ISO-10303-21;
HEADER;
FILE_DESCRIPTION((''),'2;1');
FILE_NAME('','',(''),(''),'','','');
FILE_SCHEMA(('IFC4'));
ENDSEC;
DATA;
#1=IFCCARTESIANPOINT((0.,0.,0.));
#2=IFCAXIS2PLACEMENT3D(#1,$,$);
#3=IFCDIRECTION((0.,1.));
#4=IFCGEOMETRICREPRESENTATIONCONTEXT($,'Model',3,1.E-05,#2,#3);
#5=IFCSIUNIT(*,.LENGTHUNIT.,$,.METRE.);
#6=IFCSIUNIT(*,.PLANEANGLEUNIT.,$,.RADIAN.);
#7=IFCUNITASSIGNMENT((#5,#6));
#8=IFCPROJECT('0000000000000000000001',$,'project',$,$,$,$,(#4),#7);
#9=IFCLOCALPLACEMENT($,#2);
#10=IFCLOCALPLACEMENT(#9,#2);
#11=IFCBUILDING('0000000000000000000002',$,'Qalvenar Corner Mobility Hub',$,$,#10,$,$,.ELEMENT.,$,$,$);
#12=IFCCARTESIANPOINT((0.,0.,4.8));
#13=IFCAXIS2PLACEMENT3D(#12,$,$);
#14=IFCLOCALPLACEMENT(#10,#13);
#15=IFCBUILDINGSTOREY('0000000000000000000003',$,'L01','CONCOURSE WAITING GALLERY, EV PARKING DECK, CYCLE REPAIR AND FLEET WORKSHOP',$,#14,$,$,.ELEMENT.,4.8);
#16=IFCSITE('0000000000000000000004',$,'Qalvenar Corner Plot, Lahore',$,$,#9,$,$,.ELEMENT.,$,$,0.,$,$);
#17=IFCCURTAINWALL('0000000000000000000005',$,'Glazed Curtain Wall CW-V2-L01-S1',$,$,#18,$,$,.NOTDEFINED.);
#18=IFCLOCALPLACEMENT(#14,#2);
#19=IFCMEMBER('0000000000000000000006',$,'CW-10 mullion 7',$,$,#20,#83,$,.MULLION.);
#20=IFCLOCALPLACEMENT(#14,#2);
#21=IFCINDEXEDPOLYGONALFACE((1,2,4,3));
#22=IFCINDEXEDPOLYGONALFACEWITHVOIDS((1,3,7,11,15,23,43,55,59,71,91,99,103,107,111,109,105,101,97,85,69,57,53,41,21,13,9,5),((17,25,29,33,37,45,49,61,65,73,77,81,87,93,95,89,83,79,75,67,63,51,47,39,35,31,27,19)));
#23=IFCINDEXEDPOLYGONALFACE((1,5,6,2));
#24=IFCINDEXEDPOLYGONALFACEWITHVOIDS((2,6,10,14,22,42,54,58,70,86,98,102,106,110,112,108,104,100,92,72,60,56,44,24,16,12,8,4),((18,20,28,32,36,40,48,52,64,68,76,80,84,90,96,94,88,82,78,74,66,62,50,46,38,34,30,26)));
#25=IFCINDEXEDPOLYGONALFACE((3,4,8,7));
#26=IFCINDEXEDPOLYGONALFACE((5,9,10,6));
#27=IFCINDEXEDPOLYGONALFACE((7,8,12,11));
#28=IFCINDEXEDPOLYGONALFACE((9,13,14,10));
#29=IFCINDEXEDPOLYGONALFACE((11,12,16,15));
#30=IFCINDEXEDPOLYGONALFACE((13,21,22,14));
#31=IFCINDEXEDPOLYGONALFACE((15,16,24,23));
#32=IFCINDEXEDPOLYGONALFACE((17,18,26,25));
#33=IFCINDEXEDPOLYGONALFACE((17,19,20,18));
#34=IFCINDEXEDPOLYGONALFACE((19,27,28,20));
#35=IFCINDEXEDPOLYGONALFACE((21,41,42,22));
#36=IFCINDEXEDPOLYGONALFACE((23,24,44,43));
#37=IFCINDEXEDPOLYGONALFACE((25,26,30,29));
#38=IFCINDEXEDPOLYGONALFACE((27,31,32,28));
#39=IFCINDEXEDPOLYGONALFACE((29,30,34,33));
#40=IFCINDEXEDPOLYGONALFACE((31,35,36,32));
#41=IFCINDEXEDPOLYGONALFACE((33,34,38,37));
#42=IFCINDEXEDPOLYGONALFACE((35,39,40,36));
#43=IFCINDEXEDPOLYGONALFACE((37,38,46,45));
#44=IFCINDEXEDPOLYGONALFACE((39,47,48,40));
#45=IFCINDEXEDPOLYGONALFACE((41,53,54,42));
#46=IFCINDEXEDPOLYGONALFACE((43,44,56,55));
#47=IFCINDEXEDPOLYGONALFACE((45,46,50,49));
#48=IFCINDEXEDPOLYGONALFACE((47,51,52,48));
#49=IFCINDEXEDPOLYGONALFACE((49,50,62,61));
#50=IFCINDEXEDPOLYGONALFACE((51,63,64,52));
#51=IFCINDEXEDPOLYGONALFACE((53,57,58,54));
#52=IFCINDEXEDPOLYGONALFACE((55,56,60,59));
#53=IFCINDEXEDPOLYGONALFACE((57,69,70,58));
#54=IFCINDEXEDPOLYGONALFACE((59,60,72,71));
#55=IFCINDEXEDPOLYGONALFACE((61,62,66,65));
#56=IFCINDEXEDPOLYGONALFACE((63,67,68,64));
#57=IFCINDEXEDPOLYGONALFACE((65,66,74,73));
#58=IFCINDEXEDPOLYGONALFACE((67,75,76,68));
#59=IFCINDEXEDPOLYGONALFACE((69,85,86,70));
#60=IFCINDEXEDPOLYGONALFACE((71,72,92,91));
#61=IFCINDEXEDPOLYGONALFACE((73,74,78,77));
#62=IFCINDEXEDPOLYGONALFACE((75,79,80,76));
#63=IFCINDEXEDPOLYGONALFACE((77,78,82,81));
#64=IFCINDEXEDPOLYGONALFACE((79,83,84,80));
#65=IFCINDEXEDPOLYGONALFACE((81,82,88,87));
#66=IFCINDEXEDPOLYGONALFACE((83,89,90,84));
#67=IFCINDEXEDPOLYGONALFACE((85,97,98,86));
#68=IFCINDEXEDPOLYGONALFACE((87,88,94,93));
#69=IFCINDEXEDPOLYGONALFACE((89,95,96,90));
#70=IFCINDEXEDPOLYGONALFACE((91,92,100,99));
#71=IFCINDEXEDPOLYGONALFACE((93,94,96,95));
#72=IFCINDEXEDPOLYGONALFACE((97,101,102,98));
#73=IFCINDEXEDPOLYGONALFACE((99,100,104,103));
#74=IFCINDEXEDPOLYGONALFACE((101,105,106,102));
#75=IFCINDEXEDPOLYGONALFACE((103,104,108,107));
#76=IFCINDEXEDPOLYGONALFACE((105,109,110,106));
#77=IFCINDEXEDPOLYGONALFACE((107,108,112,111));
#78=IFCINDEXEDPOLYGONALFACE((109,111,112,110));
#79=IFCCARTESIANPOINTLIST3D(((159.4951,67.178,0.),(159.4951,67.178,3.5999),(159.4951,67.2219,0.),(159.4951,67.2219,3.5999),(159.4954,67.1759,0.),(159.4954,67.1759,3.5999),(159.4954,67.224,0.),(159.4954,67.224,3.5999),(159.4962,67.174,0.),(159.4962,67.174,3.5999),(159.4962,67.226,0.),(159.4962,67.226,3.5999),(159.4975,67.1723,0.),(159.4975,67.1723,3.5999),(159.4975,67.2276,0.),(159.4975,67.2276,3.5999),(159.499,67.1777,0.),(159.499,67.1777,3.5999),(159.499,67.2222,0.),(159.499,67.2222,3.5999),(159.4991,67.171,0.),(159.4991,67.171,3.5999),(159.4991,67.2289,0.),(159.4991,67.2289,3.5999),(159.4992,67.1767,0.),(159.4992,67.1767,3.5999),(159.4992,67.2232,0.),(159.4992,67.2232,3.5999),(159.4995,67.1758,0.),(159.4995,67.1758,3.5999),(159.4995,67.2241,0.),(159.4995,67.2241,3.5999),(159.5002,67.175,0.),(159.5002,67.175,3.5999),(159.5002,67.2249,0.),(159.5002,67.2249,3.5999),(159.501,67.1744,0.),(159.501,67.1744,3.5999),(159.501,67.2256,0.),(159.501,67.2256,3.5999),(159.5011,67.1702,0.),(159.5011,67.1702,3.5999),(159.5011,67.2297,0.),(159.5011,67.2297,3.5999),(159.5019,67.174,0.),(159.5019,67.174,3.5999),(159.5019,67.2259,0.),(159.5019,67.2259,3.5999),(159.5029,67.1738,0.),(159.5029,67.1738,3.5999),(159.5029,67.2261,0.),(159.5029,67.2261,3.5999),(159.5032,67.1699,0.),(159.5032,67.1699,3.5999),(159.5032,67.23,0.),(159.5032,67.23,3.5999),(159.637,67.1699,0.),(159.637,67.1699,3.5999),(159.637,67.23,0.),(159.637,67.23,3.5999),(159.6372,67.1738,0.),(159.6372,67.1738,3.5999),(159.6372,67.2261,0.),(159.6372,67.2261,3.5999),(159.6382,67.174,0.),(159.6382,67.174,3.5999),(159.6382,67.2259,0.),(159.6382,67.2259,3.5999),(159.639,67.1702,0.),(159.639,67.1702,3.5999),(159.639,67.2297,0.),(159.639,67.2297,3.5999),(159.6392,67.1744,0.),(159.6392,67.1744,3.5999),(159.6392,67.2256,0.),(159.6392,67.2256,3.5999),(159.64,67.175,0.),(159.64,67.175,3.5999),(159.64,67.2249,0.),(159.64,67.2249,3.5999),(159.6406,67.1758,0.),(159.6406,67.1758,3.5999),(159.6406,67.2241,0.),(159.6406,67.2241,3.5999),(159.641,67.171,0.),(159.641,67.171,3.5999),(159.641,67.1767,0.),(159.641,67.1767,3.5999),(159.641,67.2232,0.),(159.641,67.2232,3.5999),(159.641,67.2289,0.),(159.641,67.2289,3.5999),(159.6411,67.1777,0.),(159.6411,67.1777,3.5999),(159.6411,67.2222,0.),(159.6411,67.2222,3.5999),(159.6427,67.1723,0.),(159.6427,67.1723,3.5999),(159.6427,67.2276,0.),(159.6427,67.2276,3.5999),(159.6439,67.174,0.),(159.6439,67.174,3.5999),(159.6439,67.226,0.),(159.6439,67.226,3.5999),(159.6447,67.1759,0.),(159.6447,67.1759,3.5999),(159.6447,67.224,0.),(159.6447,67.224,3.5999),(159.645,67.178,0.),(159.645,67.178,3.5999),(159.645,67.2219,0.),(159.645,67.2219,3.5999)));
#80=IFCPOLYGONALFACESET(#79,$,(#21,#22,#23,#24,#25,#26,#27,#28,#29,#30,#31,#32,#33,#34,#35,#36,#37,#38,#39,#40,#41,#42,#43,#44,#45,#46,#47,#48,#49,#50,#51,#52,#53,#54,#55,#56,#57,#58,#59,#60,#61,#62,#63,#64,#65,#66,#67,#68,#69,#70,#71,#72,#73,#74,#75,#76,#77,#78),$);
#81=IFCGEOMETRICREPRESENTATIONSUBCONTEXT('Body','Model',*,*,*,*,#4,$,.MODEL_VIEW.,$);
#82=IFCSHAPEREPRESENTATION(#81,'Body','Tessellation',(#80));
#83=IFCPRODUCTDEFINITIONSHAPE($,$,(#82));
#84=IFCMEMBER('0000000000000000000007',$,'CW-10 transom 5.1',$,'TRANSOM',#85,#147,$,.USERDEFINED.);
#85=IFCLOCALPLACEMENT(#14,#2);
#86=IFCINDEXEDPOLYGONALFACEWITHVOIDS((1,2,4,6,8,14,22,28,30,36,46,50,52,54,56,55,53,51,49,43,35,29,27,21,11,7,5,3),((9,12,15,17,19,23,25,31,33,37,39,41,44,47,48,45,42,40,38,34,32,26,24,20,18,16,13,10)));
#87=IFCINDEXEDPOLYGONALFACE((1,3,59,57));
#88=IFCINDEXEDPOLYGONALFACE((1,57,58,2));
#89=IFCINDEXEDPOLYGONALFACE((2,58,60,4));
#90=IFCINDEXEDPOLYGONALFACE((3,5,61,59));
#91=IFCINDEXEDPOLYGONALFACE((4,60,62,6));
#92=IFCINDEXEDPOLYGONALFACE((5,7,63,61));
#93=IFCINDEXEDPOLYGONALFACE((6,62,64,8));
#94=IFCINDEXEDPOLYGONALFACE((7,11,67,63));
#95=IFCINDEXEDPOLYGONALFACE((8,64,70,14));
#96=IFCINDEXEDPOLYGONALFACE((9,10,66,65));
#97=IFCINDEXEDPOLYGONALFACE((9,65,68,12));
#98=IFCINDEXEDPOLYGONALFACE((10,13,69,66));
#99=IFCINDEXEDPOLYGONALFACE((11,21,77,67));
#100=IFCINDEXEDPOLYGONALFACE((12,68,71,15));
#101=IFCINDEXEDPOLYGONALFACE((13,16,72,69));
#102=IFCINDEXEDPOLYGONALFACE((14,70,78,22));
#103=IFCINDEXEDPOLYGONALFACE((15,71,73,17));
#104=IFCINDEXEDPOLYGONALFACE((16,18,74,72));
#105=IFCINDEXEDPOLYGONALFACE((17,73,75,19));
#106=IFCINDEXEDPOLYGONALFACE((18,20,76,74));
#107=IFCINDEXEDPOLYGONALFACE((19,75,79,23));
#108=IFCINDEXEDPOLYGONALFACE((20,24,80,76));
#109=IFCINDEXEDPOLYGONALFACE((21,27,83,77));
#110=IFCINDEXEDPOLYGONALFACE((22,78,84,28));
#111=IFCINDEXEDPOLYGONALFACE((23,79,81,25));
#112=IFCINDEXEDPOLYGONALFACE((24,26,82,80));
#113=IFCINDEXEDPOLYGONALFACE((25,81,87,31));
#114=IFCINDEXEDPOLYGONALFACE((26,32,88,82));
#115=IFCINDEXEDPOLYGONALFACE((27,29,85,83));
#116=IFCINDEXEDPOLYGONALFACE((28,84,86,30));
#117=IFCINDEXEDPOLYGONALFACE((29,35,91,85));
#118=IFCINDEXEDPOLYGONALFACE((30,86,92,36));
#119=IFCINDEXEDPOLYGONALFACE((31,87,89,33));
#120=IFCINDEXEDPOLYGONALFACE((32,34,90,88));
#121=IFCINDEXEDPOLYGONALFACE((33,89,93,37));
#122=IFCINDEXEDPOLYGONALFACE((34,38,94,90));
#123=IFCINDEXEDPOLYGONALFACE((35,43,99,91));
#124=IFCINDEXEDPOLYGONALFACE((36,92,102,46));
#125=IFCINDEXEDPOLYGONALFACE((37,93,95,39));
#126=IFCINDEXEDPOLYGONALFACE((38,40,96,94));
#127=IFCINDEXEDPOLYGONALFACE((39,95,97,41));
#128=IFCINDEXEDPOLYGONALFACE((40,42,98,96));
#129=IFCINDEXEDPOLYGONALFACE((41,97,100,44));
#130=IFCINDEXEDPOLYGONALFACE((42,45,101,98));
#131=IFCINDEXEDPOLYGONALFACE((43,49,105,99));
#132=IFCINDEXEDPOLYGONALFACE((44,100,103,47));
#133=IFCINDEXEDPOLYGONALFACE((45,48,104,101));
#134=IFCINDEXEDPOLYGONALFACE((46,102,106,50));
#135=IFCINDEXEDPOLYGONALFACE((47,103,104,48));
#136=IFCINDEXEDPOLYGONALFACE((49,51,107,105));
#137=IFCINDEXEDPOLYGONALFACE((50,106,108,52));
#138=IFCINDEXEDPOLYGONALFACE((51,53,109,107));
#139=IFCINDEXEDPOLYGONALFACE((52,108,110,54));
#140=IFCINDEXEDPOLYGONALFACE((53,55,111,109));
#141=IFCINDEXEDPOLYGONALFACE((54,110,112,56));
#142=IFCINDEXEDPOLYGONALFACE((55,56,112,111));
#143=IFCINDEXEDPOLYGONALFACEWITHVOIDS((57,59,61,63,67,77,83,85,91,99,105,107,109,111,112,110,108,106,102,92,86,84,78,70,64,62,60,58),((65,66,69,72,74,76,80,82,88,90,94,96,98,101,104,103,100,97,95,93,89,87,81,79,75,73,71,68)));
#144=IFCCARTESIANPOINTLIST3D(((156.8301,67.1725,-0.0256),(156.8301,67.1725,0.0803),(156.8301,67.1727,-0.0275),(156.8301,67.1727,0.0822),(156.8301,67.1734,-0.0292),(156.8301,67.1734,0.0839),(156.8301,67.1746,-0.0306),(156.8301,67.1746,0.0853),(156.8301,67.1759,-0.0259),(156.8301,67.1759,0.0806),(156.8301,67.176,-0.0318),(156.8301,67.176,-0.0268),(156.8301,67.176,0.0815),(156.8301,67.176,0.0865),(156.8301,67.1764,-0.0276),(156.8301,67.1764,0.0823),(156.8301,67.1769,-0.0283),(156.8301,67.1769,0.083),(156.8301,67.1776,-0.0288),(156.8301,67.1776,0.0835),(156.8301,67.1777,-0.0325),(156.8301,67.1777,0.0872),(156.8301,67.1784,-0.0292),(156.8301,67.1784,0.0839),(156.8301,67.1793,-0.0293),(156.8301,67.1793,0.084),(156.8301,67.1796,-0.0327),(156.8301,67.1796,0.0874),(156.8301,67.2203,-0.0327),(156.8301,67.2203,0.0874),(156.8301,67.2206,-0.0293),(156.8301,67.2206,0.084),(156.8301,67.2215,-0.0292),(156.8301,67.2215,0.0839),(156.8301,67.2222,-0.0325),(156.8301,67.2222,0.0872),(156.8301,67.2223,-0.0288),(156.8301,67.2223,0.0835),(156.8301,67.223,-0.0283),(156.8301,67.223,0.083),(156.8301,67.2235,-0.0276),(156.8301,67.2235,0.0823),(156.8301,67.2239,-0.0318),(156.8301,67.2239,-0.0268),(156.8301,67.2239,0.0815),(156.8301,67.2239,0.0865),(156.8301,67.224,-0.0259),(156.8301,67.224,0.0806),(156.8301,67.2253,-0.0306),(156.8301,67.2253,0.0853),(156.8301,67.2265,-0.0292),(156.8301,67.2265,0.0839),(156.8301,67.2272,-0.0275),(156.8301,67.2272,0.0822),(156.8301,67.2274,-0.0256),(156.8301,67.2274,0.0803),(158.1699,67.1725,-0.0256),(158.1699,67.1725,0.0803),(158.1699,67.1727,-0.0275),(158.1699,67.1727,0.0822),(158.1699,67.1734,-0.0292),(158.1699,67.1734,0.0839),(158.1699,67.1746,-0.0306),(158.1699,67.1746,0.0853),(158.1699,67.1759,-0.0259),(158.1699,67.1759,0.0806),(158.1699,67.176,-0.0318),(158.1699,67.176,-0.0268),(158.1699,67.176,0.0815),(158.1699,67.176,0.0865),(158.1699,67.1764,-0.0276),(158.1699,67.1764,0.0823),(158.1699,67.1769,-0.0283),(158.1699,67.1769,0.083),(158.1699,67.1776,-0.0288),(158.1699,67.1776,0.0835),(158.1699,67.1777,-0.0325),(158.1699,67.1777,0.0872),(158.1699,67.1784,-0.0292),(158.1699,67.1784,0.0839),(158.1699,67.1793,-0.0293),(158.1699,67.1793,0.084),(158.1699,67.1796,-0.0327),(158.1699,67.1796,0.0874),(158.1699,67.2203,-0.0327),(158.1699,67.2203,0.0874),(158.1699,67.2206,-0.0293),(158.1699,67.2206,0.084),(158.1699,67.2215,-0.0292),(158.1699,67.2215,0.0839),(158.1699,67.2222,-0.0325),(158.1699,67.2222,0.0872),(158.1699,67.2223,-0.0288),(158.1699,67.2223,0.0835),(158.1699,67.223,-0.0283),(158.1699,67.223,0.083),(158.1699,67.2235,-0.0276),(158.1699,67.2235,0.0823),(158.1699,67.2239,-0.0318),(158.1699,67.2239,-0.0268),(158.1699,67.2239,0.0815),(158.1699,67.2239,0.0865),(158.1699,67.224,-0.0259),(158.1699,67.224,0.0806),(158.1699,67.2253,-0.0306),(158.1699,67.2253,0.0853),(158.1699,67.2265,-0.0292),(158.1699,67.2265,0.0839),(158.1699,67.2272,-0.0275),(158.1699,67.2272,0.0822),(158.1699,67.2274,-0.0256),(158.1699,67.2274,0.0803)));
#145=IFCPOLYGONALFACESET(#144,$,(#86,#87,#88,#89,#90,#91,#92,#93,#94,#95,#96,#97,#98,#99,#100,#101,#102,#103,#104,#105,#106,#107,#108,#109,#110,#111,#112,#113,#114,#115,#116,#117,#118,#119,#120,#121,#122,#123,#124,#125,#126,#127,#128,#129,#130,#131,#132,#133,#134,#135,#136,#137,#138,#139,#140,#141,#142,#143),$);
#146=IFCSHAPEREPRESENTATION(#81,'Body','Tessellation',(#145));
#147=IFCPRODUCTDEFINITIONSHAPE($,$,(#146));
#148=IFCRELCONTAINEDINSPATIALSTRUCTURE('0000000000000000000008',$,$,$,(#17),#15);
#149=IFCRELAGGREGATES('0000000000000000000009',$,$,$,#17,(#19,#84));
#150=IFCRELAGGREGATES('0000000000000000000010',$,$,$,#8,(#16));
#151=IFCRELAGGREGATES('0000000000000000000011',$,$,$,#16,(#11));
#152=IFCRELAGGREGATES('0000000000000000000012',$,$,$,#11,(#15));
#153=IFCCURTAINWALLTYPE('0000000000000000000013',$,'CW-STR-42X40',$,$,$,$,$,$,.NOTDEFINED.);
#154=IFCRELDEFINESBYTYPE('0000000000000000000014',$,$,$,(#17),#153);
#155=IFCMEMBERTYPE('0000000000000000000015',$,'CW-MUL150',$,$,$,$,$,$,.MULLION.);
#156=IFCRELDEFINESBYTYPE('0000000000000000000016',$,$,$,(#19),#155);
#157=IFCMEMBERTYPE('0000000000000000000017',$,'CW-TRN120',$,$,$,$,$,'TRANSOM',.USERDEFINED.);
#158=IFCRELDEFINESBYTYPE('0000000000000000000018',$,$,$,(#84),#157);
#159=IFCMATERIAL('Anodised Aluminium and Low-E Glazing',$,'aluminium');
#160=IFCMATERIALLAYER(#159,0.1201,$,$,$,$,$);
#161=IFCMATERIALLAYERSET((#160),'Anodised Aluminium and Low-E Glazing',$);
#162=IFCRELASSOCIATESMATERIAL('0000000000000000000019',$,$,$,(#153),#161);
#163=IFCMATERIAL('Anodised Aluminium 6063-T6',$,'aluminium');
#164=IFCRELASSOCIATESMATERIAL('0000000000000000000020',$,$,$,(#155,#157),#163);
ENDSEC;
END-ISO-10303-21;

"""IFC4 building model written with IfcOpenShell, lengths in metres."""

from ifc_helpers import new_model, si_unit, direction, frame, origin, origin_2d, place, context, subcontext, project, spatial, hollow_rectangle, extrude, material, layer, layer_set, material_profile, profile_set, type_object, element, aggregate, save


model = new_model("IFC4")

# Units and contexts
model_context = context("Model", 3, precision=1e-05, world=origin(), true_north=direction((0.0, 1.0)))
body_context = subcontext(model_context, "Body", "Model", "MODEL_VIEW")
ifc_project = project(units=[si_unit("LENGTHUNIT", "METRE"), si_unit("PLANEANGLEUNIT", "RADIAN")], contexts=[model_context])

# Site, building, storey
site_placement = place(None, origin())
site = spatial("IfcSite", under=ifc_project, at=site_placement, Name="Qalvenar Corner Plot, Lahore", CompositionType="ELEMENT", RefElevation=0.0)
building_placement = place(site_placement, origin())
building = spatial("IfcBuilding", under=site, at=building_placement, Name="Qalvenar Corner Mobility Hub", CompositionType="ELEMENT")
storey_placement = place(building_placement, frame((0.0, 0.0, 4.8)))
storey = spatial("IfcBuildingStorey", under=building, at=storey_placement, Name="L01", Description="CONCOURSE WAITING GALLERY, EV PARKING DECK, CYCLE REPAIR AND FLEET WORKSHOP", CompositionType="ELEMENT", Elevation=4.8)

# Curtain wall, members
ifc_material_1 = material(Name="Anodised Aluminium and Low-E Glazing", Category="aluminium")
ifc_layer_1 = layer(ifc_material_1, 0.1201)
ifc_layer_set_1 = layer_set([ifc_layer_1], Name="Anodised Aluminium and Low-E Glazing")
curtain_wall_type = type_object("IfcCurtainWallType", Name="CW-STR-42X40", PredefinedType="NOTDEFINED", material=ifc_layer_set_1)
curtain_wall_placement = place(storey_placement, origin())
curtain_wall = element("IfcCurtainWall", 1, at=curtain_wall_placement, inside=storey, type_object=curtain_wall_type, Name="Glazed Curtain Wall CW-V2-L01-S1", PredefinedType="NOTDEFINED")
ifc_material_2 = material(Name="Anodised Aluminium 6063-T6", Category="aluminium")
ifc_material_profile_1 = material_profile(ifc_material_2, hollow_rectangle(XDim=0.0601, YDim=0.1499, WallThickness=0.0039, InnerFilletRadius=0.0039, OuterFilletRadius=0.0081, at=origin_2d()), Name="RHS150x60x4")
ifc_profile_set_1 = profile_set([ifc_material_profile_1], Name="Anodised Aluminium 6063-T6")
member_type_1 = type_object("IfcMemberType", Name="CW-MUL150", PredefinedType="MULLION", material=ifc_profile_set_1)
member_1_placement = place(storey_placement, frame((159.5701, 67.2, 0.0), z_axis=(0.0, 0.0, 1.0), x_axis=(0.0, 1.0, 0.0)))
member_1 = element("IfcMember", 2, at=member_1_placement, type_object=member_type_1, Name="CW-10 mullion 7", PredefinedType="MULLION", context=body_context, shape_type="SweptSolid", body=[
    extrude(hollow_rectangle(XDim=0.0601, YDim=0.1499, WallThickness=0.0039, InnerFilletRadius=0.0039, OuterFilletRadius=0.0081, at=origin_2d()), origin(), (0.0, 0.0, 1.0), 3.5999),
])
ifc_material_profile_2 = material_profile(ifc_material_2, hollow_rectangle(XDim=0.0549, YDim=0.1201, WallThickness=0.0034, InnerFilletRadius=0.0034, OuterFilletRadius=0.0071, at=origin_2d()), Name="RHS120x55x3.5")
ifc_profile_set_2 = profile_set([ifc_material_profile_2], Name="Anodised Aluminium 6063-T6")
member_type_2 = type_object("IfcMemberType", Name="CW-TRN120", ElementType="TRANSOM", PredefinedType="USERDEFINED", material=ifc_profile_set_2)
member_2_placement = place(storey_placement, frame((156.8301, 67.2, 0.0273), z_axis=(1.0, 0.0, 0.0), x_axis=(0.0, 1.0, 0.0)))
member_2 = element("IfcMember", 3, at=member_2_placement, type_object=member_type_2, Name="CW-10 transom 5.1", ObjectType="TRANSOM", PredefinedType="USERDEFINED", context=body_context, shape_type="SweptSolid", body=[
    extrude(hollow_rectangle(XDim=0.0549, YDim=0.1201, WallThickness=0.0034, InnerFilletRadius=0.0034, OuterFilletRadius=0.0071, at=origin_2d()), origin(), (0.0, 0.0, 1.0), 1.3398),
])

aggregate(curtain_wall, [member_1, member_2])

save(model, "model.ifc")
